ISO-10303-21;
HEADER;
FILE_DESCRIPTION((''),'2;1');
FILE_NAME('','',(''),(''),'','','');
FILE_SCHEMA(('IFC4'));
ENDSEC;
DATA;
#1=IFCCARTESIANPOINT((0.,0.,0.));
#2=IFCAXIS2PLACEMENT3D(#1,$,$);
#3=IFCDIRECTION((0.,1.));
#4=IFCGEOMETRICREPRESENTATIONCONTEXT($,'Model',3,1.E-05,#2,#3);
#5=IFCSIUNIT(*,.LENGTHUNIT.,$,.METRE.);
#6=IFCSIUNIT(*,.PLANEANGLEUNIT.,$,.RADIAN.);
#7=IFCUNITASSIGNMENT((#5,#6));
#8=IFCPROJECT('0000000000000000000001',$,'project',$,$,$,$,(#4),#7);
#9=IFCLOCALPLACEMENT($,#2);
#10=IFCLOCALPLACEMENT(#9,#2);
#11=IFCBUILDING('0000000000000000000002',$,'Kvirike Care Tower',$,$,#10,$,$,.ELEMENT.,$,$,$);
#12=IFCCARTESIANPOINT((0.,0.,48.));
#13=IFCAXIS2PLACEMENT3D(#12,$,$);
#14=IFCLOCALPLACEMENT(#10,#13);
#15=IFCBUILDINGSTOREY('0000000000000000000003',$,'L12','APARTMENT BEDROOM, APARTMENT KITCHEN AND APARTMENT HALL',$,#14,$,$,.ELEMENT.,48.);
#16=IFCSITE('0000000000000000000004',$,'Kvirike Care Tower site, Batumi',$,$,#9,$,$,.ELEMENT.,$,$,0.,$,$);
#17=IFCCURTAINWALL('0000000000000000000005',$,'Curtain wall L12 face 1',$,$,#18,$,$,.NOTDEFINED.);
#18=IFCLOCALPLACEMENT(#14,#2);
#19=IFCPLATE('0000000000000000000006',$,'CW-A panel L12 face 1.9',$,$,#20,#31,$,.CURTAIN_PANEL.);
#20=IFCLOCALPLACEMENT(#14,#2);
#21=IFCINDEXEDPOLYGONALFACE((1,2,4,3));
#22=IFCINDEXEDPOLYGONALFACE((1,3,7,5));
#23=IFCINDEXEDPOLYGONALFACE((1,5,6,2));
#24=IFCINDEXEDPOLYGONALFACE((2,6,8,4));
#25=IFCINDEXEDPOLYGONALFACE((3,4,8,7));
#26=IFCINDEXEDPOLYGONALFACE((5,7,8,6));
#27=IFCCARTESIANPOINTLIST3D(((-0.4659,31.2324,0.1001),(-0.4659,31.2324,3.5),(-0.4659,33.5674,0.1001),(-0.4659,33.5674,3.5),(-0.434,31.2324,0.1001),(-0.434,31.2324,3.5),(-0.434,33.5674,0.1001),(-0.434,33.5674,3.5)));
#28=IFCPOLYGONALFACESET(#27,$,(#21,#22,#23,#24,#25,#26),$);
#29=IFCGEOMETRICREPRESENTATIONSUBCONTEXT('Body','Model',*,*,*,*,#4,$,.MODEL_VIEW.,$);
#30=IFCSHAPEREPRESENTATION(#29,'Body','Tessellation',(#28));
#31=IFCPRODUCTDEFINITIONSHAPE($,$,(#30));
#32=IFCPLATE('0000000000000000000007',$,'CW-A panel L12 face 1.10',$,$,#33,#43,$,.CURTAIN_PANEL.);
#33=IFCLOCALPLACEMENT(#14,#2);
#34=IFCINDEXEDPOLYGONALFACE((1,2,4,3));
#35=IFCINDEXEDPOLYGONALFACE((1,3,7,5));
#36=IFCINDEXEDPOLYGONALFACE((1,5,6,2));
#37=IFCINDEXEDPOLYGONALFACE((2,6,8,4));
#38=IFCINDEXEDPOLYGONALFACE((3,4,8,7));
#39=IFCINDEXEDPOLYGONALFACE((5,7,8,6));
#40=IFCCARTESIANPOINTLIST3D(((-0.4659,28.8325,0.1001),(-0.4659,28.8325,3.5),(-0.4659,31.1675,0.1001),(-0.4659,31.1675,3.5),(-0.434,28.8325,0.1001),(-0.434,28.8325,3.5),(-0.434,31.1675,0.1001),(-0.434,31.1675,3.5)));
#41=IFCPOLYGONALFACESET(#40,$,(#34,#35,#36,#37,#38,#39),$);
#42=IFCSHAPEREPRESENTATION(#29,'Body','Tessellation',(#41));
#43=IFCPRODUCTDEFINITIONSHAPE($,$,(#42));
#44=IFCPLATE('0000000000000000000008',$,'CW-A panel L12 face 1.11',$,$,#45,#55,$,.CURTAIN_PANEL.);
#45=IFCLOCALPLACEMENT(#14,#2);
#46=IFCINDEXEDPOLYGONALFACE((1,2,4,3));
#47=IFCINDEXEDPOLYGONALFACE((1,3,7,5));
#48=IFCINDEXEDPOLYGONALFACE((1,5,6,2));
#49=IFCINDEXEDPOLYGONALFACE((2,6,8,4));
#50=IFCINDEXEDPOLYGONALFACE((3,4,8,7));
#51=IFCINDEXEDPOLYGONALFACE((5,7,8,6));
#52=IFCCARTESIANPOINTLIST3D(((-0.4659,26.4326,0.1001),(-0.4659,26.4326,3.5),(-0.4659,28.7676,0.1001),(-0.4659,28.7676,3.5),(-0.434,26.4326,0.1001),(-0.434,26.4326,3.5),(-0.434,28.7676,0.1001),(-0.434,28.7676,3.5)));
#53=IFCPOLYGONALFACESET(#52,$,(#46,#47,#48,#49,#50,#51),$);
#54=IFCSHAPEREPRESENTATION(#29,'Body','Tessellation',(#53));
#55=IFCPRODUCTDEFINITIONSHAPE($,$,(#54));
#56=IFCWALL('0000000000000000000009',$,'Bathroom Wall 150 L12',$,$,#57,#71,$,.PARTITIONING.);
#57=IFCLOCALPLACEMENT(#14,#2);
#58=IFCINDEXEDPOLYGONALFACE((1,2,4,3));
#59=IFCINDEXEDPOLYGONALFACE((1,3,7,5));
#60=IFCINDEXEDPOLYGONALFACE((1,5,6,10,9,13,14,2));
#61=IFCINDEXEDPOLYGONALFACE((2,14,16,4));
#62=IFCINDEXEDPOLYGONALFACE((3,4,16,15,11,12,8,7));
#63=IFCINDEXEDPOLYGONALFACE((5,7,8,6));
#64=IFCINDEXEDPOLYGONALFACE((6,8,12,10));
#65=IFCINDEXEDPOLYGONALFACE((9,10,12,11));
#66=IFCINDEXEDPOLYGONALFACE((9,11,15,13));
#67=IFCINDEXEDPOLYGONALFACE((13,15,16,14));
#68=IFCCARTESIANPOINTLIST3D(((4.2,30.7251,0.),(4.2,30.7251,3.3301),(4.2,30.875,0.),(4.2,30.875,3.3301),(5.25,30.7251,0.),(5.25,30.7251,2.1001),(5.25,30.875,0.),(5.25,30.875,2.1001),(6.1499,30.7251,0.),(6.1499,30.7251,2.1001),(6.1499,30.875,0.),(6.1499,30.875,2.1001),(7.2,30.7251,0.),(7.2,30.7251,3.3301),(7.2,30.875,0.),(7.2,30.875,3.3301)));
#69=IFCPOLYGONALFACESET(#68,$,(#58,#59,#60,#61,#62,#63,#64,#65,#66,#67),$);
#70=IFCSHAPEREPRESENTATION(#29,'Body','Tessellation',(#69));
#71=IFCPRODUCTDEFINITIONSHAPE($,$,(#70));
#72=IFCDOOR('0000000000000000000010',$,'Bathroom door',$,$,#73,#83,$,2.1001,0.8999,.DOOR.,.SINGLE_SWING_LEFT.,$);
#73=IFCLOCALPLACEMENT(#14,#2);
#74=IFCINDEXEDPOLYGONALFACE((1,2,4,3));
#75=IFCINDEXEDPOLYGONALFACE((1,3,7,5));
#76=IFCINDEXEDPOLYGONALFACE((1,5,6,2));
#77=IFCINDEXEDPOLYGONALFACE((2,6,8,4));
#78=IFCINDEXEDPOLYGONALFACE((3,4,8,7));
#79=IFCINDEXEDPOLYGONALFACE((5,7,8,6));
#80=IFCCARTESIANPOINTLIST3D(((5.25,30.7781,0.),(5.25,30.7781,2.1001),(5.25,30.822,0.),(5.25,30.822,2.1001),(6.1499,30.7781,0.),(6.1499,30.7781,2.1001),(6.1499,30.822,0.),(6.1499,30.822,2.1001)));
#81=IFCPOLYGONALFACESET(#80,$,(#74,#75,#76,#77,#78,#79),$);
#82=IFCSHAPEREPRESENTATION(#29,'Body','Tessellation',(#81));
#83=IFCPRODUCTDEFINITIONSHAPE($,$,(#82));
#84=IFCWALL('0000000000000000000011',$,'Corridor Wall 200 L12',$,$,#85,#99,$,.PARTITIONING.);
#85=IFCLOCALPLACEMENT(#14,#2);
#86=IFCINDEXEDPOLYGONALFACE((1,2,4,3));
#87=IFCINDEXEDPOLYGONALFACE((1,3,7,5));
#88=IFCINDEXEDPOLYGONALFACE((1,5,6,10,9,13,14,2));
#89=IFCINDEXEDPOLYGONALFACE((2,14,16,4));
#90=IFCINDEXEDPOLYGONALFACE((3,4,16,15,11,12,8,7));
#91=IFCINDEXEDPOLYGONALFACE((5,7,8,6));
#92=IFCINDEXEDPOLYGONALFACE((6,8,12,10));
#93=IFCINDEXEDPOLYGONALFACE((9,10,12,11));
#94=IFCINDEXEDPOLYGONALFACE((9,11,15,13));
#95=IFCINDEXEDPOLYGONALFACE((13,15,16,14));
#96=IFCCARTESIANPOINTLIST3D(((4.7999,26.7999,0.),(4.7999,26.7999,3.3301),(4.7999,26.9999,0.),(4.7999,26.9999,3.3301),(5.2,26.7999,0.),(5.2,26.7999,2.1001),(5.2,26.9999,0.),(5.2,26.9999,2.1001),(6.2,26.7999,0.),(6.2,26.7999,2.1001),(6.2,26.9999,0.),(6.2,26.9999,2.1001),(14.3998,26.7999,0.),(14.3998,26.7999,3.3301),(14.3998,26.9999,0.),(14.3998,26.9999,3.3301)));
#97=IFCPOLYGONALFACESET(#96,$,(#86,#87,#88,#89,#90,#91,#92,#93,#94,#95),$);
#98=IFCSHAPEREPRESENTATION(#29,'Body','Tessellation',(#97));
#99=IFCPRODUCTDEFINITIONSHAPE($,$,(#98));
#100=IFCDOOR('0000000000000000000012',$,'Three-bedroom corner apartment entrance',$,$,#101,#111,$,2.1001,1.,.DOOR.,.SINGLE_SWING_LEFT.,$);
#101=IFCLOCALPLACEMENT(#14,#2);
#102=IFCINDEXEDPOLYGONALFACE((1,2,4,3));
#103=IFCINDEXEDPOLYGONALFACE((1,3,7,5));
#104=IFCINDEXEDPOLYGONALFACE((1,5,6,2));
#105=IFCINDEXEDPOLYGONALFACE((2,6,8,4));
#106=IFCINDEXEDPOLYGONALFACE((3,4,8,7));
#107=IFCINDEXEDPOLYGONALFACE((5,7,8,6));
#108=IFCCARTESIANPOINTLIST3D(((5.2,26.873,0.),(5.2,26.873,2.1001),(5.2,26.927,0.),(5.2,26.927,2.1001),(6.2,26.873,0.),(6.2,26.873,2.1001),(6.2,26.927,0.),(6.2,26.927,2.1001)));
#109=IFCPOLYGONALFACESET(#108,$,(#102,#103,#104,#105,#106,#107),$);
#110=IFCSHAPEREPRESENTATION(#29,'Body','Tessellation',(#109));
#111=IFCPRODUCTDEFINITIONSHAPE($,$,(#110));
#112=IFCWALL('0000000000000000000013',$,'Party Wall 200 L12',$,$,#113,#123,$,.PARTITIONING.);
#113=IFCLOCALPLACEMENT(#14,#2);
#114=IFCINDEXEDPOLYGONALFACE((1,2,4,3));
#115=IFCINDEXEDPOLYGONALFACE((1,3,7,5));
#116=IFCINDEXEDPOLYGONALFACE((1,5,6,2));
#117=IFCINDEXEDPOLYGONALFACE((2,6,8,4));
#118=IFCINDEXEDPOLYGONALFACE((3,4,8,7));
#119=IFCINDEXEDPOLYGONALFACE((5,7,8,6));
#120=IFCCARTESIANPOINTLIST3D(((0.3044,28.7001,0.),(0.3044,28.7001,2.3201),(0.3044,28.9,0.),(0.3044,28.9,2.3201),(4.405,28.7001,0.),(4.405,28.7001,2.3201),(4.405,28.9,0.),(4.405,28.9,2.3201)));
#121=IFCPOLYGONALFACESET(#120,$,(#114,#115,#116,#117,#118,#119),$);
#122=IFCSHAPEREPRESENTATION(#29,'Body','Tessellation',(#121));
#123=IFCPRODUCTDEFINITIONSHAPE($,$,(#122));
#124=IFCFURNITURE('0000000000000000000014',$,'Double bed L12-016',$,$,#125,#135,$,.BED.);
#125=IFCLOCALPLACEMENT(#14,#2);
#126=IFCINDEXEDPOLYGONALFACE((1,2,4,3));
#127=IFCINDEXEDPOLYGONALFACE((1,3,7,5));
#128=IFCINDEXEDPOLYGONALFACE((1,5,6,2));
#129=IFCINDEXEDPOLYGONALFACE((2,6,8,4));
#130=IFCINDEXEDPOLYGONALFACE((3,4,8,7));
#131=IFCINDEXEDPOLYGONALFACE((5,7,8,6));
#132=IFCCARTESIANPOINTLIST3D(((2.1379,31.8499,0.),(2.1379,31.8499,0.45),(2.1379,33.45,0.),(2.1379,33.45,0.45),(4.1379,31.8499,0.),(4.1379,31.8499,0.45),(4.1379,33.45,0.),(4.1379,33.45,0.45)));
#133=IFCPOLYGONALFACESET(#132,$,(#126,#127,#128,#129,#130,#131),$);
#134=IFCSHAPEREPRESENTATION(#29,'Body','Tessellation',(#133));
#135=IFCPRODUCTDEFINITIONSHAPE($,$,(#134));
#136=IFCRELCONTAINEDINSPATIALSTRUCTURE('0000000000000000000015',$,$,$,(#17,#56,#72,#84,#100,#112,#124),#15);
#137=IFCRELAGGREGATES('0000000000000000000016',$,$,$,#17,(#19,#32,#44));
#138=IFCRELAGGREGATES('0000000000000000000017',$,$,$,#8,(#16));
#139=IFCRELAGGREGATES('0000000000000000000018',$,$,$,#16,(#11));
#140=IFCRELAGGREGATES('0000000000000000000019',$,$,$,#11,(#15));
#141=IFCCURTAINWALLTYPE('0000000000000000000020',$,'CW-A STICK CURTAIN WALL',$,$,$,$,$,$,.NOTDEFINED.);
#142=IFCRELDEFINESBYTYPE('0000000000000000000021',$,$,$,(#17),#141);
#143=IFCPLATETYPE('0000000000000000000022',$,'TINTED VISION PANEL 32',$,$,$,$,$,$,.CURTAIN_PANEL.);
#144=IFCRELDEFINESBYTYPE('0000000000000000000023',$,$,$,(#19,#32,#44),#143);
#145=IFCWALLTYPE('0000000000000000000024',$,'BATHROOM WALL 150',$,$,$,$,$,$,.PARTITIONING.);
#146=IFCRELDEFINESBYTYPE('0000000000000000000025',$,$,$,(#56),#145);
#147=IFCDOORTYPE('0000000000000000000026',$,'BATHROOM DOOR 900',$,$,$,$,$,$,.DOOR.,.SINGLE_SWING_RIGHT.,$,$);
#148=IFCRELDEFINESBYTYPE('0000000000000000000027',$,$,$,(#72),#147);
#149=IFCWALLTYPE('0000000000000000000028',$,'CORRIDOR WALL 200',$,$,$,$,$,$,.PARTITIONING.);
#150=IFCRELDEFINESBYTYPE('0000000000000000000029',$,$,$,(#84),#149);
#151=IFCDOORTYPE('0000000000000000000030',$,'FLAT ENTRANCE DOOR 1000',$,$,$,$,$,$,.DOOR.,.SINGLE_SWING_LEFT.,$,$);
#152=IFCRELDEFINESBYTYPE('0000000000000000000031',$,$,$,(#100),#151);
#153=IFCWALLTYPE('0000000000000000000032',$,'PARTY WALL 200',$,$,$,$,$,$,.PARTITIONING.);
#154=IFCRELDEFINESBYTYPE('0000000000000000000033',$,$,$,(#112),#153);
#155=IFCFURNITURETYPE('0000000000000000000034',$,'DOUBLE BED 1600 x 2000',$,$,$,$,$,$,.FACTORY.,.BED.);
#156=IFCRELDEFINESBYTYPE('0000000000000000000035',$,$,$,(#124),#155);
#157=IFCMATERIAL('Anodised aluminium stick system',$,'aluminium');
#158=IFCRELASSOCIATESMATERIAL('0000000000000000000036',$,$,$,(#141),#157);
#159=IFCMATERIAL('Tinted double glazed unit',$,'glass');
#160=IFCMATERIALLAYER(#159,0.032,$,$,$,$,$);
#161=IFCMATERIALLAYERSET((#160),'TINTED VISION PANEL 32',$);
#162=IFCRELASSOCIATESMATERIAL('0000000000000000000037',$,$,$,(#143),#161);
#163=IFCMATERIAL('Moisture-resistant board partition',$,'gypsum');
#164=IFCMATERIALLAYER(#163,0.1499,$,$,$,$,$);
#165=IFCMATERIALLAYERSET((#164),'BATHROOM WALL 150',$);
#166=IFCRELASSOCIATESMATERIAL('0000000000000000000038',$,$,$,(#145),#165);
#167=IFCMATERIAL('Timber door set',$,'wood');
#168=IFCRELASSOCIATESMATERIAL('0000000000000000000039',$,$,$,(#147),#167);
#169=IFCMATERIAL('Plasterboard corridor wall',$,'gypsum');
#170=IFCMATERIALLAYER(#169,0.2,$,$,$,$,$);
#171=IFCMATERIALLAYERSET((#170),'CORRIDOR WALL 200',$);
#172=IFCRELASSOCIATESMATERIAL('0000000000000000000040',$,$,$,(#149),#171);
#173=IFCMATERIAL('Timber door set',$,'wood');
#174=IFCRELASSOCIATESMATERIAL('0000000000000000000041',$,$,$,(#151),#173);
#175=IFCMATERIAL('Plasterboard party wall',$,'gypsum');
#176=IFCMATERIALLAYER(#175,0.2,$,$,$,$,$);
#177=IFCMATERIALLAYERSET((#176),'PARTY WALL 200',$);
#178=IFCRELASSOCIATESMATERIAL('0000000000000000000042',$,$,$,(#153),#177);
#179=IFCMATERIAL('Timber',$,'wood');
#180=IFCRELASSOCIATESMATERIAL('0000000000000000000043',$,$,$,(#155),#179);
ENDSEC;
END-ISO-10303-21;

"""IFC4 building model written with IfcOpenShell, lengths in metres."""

from ifc_helpers import new_model, si_unit, direction, frame, frame_2d, origin, origin_2d, place, context, subcontext, project, spatial, rectangle, extrude, material, layer, layer_set, type_object, element, fill, aggregate, save


model = new_model("IFC4")

# Units and contexts
model_context = context("Model", 3, precision=1e-05, world=origin(), true_north=direction((0.0, 1.0)))
body_context = subcontext(model_context, "Body", "Model", "MODEL_VIEW")
ifc_project = project(units=[si_unit("LENGTHUNIT", "METRE"), si_unit("PLANEANGLEUNIT", "RADIAN")], contexts=[model_context])

# Site, building, storey
site_placement = place(None, origin())
site = spatial("IfcSite", under=ifc_project, at=site_placement, Name="Kvirike Care Tower site, Batumi", CompositionType="ELEMENT", RefElevation=0.0)
building_placement = place(site_placement, origin())
building = spatial("IfcBuilding", under=site, at=building_placement, Name="Kvirike Care Tower", CompositionType="ELEMENT")
storey_placement = place(building_placement, frame((0.0, 0.0, 48.0)))
storey = spatial("IfcBuildingStorey", under=building, at=storey_placement, Name="L12", Description="APARTMENT BEDROOM, APARTMENT KITCHEN AND APARTMENT HALL", CompositionType="ELEMENT", Elevation=48.0)

# Curtain wall
ifc_material_1 = material(Name="Anodised aluminium stick system", Category="aluminium")
curtain_wall_type = type_object("IfcCurtainWallType", Name="CW-A STICK CURTAIN WALL", PredefinedType="NOTDEFINED", material=ifc_material_1)
curtain_wall_placement = place(storey_placement, origin())
curtain_wall = element("IfcCurtainWall", 1, at=curtain_wall_placement, inside=storey, type_object=curtain_wall_type, Name="Curtain wall L12 face 1", PredefinedType="NOTDEFINED")

# Plates
ifc_material_2 = material(Name="Tinted double glazed unit", Category="glass")
ifc_layer_1 = layer(ifc_material_2, 0.032)
ifc_layer_set_1 = layer_set([ifc_layer_1], Name="TINTED VISION PANEL 32")
plate_type = type_object("IfcPlateType", Name="TINTED VISION PANEL 32", PredefinedType="CURTAIN_PANEL", material=ifc_layer_set_1)
plate_1_placement = place(storey_placement, frame((-0.45, 32.3999, 0.1001), z_axis=(0.0, 0.0, 1.0), x_axis=(0.0, -1.0, 0.0)))
plate_1 = element("IfcPlate", 2, at=plate_1_placement, type_object=plate_type, Name="CW-A panel L12 face 1.9", PredefinedType="CURTAIN_PANEL", context=body_context, shape_type="SweptSolid", body=[
    extrude(rectangle(XDim=2.335, YDim=0.032, at=origin_2d()), origin(), (0.0, 0.0, 1.0), 3.3999),
])
plate_2_placement = place(storey_placement, frame((-0.45, 30.0, 0.1001), z_axis=(0.0, 0.0, 1.0), x_axis=(0.0, -1.0, 0.0)))
plate_2 = element("IfcPlate", 3, at=plate_2_placement, type_object=plate_type, Name="CW-A panel L12 face 1.10", PredefinedType="CURTAIN_PANEL", context=body_context, shape_type="SweptSolid", body=[
    extrude(rectangle(XDim=2.335, YDim=0.032, at=origin_2d()), origin(), (0.0, 0.0, 1.0), 3.3999),
])
plate_3_placement = place(storey_placement, frame((-0.45, 27.6001, 0.1001), z_axis=(0.0, 0.0, 1.0), x_axis=(0.0, -1.0, 0.0)))
plate_3 = element("IfcPlate", 4, at=plate_3_placement, type_object=plate_type, Name="CW-A panel L12 face 1.11", PredefinedType="CURTAIN_PANEL", context=body_context, shape_type="SweptSolid", body=[
    extrude(rectangle(XDim=2.335, YDim=0.032, at=origin_2d()), origin(), (0.0, 0.0, 1.0), 3.3999),
])
aggregate(curtain_wall, [plate_1, plate_2, plate_3])

# Walls, openings, doors
ifc_material_3 = material(Name="Moisture-resistant board partition", Category="gypsum")
ifc_layer_2 = layer(ifc_material_3, 0.1499)
ifc_layer_set_2 = layer_set([ifc_layer_2], Name="BATHROOM WALL 150")
wall_type_1 = type_object("IfcWallType", Name="BATHROOM WALL 150", PredefinedType="PARTITIONING", material=ifc_layer_set_2)
wall_1_placement = place(storey_placement, frame((4.2, 30.8, 0.0), z_axis=(0.0, 0.0, 1.0), x_axis=(1.0, 0.0, 0.0)))
wall_1 = element("IfcWall", 5, at=wall_1_placement, inside=storey, type_object=wall_type_1, Name="Bathroom Wall 150 L12", PredefinedType="PARTITIONING", context=body_context, shape_type="SweptSolid", body=[
    extrude(rectangle(XDim=3.0, YDim=0.1499, at=frame_2d((1.5, 0.0))), origin(), (0.0, 0.0, 1.0), 3.3301),
])
opening_1_placement = place(wall_1_placement, frame((1.05, 0.0, 0.0)))
opening_1 = element("IfcOpeningElement", 6, at=opening_1_placement, cuts=wall_1, PredefinedType="OPENING", context=body_context, shape_type="SweptSolid", body=[
    extrude(rectangle(XDim=0.8999, YDim=2.1001, at=frame_2d((0.45, 1.05))), frame((0.0, 0.0854, 0.0), z_axis=(0.0, -1.0, 0.0), x_axis=(1.0, 0.0, 0.0)), (0.0, 0.0, 1.0), 0.1709),
])
ifc_material_4 = material(Name="Timber door set", Category="wood")
door_type_1 = type_object("IfcDoorType", Name="BATHROOM DOOR 900", OperationType="SINGLE_SWING_RIGHT", PredefinedType="DOOR", material=ifc_material_4)
door_1_placement = place(opening_1_placement, origin())
door_1 = element("IfcDoor", 7, at=door_1_placement, inside=storey, type_object=door_type_1, Name="Bathroom door", OperationType="SINGLE_SWING_LEFT", OverallHeight=2.1001, OverallWidth=0.8999, PredefinedType="DOOR", context=body_context, shape_type="SweptSolid", body=[
    extrude(rectangle(XDim=0.8999, YDim=2.1001, at=frame_2d((0.45, 1.05))), frame((0.0, 0.022, 0.0), z_axis=(0.0, -1.0, 0.0), x_axis=(1.0, 0.0, 0.0)), (0.0, 0.0, 1.0), 0.0439),
])
fill(opening_1, door_1)
ifc_material_5 = material(Name="Plasterboard corridor wall", Category="gypsum")
ifc_layer_3 = layer(ifc_material_5, 0.2)
ifc_layer_set_3 = layer_set([ifc_layer_3], Name="CORRIDOR WALL 200")
wall_type_2 = type_object("IfcWallType", Name="CORRIDOR WALL 200", PredefinedType="PARTITIONING", material=ifc_layer_set_3)
wall_2_placement = place(storey_placement, frame((4.8, 26.8999, 0.0), z_axis=(0.0, 0.0, 1.0), x_axis=(1.0, 0.0, 0.0)))
wall_2 = element("IfcWall", 8, at=wall_2_placement, inside=storey, type_object=wall_type_2, Name="Corridor Wall 200 L12", PredefinedType="PARTITIONING", context=body_context, shape_type="SweptSolid", body=[
    extrude(rectangle(XDim=9.5999, YDim=0.2, at=frame_2d((4.7998, 0.0))), origin(), (0.0, 0.0, 1.0), 3.3301),
])
opening_2_placement = place(wall_2_placement, frame((0.3999, 0.0, 0.0)))
opening_2 = element("IfcOpeningElement", 9, at=opening_2_placement, cuts=wall_2, PredefinedType="OPENING", context=body_context, shape_type="SweptSolid", body=[
    extrude(rectangle(XDim=1.0, YDim=2.1001, at=frame_2d((0.5, 1.05))), frame((0.0, 0.1106, 0.0), z_axis=(0.0, -1.0, 0.0), x_axis=(1.0, 0.0, 0.0)), (0.0, 0.0, 1.0), 0.2209),
])
ifc_material_6 = material(Name="Timber door set", Category="wood")
door_type_2 = type_object("IfcDoorType", Name="FLAT ENTRANCE DOOR 1000", OperationType="SINGLE_SWING_LEFT", PredefinedType="DOOR", material=ifc_material_6)
door_2_placement = place(opening_2_placement, frame((1.0, 0.0, 0.0), z_axis=(0.0, 0.0, 1.0), x_axis=(-1.0, 0.0, 0.0)))
door_2 = element("IfcDoor", 10, at=door_2_placement, inside=storey, type_object=door_type_2, Name="Three-bedroom corner apartment entrance", OperationType="SINGLE_SWING_LEFT", OverallHeight=2.1001, OverallWidth=1.0, PredefinedType="DOOR", context=body_context, shape_type="SweptSolid", body=[
    extrude(rectangle(XDim=1.0, YDim=2.1001, at=frame_2d((0.5, 1.05))), frame((0.0, 0.0269, 0.0), z_axis=(0.0, -1.0, 0.0), x_axis=(1.0, 0.0, 0.0)), (0.0, 0.0, 1.0), 0.054),
])
fill(opening_2, door_2)

# Wall
ifc_material_7 = material(Name="Plasterboard party wall", Category="gypsum")
ifc_layer_4 = layer(ifc_material_7, 0.2)
ifc_layer_set_4 = layer_set([ifc_layer_4], Name="PARTY WALL 200")
wall_type_3 = type_object("IfcWallType", Name="PARTY WALL 200", PredefinedType="PARTITIONING", material=ifc_layer_set_4)
wall_3_placement = place(storey_placement, frame((4.405, 28.8, 0.0), z_axis=(0.0, 0.0, 1.0), x_axis=(-1.0, 0.0, 0.0)))
element("IfcWall", 11, at=wall_3_placement, inside=storey, type_object=wall_type_3, Name="Party Wall 200 L12", PredefinedType="PARTITIONING", context=body_context, shape_type="SweptSolid", body=[
    extrude(rectangle(XDim=4.1006, YDim=0.2, at=frame_2d((2.0503, 0.0))), origin(), (0.0, 0.0, 1.0), 2.3201),
])

# Furniture
ifc_material_8 = material(Name="Timber", Category="wood")
furniture_type = type_object("IfcFurnitureType", Name="DOUBLE BED 1600 x 2000", AssemblyPlace="FACTORY", PredefinedType="BED", material=ifc_material_8)
furniture_placement = place(storey_placement, frame((3.1379, 32.6499, 0.0), z_axis=(0.0, 0.0, 1.0), x_axis=(0.0, -1.0, 0.0)))
element("IfcFurniture", 12, at=furniture_placement, inside=storey, type_object=furniture_type, Name="Double bed L12-016", PredefinedType="BED", context=body_context, shape_type="SweptSolid", body=[
    extrude(rectangle(XDim=1.6001, YDim=2.0, at=origin_2d()), origin(), (0.0, 0.0, 1.0), 0.45),
])

save(model, "model.ifc")
